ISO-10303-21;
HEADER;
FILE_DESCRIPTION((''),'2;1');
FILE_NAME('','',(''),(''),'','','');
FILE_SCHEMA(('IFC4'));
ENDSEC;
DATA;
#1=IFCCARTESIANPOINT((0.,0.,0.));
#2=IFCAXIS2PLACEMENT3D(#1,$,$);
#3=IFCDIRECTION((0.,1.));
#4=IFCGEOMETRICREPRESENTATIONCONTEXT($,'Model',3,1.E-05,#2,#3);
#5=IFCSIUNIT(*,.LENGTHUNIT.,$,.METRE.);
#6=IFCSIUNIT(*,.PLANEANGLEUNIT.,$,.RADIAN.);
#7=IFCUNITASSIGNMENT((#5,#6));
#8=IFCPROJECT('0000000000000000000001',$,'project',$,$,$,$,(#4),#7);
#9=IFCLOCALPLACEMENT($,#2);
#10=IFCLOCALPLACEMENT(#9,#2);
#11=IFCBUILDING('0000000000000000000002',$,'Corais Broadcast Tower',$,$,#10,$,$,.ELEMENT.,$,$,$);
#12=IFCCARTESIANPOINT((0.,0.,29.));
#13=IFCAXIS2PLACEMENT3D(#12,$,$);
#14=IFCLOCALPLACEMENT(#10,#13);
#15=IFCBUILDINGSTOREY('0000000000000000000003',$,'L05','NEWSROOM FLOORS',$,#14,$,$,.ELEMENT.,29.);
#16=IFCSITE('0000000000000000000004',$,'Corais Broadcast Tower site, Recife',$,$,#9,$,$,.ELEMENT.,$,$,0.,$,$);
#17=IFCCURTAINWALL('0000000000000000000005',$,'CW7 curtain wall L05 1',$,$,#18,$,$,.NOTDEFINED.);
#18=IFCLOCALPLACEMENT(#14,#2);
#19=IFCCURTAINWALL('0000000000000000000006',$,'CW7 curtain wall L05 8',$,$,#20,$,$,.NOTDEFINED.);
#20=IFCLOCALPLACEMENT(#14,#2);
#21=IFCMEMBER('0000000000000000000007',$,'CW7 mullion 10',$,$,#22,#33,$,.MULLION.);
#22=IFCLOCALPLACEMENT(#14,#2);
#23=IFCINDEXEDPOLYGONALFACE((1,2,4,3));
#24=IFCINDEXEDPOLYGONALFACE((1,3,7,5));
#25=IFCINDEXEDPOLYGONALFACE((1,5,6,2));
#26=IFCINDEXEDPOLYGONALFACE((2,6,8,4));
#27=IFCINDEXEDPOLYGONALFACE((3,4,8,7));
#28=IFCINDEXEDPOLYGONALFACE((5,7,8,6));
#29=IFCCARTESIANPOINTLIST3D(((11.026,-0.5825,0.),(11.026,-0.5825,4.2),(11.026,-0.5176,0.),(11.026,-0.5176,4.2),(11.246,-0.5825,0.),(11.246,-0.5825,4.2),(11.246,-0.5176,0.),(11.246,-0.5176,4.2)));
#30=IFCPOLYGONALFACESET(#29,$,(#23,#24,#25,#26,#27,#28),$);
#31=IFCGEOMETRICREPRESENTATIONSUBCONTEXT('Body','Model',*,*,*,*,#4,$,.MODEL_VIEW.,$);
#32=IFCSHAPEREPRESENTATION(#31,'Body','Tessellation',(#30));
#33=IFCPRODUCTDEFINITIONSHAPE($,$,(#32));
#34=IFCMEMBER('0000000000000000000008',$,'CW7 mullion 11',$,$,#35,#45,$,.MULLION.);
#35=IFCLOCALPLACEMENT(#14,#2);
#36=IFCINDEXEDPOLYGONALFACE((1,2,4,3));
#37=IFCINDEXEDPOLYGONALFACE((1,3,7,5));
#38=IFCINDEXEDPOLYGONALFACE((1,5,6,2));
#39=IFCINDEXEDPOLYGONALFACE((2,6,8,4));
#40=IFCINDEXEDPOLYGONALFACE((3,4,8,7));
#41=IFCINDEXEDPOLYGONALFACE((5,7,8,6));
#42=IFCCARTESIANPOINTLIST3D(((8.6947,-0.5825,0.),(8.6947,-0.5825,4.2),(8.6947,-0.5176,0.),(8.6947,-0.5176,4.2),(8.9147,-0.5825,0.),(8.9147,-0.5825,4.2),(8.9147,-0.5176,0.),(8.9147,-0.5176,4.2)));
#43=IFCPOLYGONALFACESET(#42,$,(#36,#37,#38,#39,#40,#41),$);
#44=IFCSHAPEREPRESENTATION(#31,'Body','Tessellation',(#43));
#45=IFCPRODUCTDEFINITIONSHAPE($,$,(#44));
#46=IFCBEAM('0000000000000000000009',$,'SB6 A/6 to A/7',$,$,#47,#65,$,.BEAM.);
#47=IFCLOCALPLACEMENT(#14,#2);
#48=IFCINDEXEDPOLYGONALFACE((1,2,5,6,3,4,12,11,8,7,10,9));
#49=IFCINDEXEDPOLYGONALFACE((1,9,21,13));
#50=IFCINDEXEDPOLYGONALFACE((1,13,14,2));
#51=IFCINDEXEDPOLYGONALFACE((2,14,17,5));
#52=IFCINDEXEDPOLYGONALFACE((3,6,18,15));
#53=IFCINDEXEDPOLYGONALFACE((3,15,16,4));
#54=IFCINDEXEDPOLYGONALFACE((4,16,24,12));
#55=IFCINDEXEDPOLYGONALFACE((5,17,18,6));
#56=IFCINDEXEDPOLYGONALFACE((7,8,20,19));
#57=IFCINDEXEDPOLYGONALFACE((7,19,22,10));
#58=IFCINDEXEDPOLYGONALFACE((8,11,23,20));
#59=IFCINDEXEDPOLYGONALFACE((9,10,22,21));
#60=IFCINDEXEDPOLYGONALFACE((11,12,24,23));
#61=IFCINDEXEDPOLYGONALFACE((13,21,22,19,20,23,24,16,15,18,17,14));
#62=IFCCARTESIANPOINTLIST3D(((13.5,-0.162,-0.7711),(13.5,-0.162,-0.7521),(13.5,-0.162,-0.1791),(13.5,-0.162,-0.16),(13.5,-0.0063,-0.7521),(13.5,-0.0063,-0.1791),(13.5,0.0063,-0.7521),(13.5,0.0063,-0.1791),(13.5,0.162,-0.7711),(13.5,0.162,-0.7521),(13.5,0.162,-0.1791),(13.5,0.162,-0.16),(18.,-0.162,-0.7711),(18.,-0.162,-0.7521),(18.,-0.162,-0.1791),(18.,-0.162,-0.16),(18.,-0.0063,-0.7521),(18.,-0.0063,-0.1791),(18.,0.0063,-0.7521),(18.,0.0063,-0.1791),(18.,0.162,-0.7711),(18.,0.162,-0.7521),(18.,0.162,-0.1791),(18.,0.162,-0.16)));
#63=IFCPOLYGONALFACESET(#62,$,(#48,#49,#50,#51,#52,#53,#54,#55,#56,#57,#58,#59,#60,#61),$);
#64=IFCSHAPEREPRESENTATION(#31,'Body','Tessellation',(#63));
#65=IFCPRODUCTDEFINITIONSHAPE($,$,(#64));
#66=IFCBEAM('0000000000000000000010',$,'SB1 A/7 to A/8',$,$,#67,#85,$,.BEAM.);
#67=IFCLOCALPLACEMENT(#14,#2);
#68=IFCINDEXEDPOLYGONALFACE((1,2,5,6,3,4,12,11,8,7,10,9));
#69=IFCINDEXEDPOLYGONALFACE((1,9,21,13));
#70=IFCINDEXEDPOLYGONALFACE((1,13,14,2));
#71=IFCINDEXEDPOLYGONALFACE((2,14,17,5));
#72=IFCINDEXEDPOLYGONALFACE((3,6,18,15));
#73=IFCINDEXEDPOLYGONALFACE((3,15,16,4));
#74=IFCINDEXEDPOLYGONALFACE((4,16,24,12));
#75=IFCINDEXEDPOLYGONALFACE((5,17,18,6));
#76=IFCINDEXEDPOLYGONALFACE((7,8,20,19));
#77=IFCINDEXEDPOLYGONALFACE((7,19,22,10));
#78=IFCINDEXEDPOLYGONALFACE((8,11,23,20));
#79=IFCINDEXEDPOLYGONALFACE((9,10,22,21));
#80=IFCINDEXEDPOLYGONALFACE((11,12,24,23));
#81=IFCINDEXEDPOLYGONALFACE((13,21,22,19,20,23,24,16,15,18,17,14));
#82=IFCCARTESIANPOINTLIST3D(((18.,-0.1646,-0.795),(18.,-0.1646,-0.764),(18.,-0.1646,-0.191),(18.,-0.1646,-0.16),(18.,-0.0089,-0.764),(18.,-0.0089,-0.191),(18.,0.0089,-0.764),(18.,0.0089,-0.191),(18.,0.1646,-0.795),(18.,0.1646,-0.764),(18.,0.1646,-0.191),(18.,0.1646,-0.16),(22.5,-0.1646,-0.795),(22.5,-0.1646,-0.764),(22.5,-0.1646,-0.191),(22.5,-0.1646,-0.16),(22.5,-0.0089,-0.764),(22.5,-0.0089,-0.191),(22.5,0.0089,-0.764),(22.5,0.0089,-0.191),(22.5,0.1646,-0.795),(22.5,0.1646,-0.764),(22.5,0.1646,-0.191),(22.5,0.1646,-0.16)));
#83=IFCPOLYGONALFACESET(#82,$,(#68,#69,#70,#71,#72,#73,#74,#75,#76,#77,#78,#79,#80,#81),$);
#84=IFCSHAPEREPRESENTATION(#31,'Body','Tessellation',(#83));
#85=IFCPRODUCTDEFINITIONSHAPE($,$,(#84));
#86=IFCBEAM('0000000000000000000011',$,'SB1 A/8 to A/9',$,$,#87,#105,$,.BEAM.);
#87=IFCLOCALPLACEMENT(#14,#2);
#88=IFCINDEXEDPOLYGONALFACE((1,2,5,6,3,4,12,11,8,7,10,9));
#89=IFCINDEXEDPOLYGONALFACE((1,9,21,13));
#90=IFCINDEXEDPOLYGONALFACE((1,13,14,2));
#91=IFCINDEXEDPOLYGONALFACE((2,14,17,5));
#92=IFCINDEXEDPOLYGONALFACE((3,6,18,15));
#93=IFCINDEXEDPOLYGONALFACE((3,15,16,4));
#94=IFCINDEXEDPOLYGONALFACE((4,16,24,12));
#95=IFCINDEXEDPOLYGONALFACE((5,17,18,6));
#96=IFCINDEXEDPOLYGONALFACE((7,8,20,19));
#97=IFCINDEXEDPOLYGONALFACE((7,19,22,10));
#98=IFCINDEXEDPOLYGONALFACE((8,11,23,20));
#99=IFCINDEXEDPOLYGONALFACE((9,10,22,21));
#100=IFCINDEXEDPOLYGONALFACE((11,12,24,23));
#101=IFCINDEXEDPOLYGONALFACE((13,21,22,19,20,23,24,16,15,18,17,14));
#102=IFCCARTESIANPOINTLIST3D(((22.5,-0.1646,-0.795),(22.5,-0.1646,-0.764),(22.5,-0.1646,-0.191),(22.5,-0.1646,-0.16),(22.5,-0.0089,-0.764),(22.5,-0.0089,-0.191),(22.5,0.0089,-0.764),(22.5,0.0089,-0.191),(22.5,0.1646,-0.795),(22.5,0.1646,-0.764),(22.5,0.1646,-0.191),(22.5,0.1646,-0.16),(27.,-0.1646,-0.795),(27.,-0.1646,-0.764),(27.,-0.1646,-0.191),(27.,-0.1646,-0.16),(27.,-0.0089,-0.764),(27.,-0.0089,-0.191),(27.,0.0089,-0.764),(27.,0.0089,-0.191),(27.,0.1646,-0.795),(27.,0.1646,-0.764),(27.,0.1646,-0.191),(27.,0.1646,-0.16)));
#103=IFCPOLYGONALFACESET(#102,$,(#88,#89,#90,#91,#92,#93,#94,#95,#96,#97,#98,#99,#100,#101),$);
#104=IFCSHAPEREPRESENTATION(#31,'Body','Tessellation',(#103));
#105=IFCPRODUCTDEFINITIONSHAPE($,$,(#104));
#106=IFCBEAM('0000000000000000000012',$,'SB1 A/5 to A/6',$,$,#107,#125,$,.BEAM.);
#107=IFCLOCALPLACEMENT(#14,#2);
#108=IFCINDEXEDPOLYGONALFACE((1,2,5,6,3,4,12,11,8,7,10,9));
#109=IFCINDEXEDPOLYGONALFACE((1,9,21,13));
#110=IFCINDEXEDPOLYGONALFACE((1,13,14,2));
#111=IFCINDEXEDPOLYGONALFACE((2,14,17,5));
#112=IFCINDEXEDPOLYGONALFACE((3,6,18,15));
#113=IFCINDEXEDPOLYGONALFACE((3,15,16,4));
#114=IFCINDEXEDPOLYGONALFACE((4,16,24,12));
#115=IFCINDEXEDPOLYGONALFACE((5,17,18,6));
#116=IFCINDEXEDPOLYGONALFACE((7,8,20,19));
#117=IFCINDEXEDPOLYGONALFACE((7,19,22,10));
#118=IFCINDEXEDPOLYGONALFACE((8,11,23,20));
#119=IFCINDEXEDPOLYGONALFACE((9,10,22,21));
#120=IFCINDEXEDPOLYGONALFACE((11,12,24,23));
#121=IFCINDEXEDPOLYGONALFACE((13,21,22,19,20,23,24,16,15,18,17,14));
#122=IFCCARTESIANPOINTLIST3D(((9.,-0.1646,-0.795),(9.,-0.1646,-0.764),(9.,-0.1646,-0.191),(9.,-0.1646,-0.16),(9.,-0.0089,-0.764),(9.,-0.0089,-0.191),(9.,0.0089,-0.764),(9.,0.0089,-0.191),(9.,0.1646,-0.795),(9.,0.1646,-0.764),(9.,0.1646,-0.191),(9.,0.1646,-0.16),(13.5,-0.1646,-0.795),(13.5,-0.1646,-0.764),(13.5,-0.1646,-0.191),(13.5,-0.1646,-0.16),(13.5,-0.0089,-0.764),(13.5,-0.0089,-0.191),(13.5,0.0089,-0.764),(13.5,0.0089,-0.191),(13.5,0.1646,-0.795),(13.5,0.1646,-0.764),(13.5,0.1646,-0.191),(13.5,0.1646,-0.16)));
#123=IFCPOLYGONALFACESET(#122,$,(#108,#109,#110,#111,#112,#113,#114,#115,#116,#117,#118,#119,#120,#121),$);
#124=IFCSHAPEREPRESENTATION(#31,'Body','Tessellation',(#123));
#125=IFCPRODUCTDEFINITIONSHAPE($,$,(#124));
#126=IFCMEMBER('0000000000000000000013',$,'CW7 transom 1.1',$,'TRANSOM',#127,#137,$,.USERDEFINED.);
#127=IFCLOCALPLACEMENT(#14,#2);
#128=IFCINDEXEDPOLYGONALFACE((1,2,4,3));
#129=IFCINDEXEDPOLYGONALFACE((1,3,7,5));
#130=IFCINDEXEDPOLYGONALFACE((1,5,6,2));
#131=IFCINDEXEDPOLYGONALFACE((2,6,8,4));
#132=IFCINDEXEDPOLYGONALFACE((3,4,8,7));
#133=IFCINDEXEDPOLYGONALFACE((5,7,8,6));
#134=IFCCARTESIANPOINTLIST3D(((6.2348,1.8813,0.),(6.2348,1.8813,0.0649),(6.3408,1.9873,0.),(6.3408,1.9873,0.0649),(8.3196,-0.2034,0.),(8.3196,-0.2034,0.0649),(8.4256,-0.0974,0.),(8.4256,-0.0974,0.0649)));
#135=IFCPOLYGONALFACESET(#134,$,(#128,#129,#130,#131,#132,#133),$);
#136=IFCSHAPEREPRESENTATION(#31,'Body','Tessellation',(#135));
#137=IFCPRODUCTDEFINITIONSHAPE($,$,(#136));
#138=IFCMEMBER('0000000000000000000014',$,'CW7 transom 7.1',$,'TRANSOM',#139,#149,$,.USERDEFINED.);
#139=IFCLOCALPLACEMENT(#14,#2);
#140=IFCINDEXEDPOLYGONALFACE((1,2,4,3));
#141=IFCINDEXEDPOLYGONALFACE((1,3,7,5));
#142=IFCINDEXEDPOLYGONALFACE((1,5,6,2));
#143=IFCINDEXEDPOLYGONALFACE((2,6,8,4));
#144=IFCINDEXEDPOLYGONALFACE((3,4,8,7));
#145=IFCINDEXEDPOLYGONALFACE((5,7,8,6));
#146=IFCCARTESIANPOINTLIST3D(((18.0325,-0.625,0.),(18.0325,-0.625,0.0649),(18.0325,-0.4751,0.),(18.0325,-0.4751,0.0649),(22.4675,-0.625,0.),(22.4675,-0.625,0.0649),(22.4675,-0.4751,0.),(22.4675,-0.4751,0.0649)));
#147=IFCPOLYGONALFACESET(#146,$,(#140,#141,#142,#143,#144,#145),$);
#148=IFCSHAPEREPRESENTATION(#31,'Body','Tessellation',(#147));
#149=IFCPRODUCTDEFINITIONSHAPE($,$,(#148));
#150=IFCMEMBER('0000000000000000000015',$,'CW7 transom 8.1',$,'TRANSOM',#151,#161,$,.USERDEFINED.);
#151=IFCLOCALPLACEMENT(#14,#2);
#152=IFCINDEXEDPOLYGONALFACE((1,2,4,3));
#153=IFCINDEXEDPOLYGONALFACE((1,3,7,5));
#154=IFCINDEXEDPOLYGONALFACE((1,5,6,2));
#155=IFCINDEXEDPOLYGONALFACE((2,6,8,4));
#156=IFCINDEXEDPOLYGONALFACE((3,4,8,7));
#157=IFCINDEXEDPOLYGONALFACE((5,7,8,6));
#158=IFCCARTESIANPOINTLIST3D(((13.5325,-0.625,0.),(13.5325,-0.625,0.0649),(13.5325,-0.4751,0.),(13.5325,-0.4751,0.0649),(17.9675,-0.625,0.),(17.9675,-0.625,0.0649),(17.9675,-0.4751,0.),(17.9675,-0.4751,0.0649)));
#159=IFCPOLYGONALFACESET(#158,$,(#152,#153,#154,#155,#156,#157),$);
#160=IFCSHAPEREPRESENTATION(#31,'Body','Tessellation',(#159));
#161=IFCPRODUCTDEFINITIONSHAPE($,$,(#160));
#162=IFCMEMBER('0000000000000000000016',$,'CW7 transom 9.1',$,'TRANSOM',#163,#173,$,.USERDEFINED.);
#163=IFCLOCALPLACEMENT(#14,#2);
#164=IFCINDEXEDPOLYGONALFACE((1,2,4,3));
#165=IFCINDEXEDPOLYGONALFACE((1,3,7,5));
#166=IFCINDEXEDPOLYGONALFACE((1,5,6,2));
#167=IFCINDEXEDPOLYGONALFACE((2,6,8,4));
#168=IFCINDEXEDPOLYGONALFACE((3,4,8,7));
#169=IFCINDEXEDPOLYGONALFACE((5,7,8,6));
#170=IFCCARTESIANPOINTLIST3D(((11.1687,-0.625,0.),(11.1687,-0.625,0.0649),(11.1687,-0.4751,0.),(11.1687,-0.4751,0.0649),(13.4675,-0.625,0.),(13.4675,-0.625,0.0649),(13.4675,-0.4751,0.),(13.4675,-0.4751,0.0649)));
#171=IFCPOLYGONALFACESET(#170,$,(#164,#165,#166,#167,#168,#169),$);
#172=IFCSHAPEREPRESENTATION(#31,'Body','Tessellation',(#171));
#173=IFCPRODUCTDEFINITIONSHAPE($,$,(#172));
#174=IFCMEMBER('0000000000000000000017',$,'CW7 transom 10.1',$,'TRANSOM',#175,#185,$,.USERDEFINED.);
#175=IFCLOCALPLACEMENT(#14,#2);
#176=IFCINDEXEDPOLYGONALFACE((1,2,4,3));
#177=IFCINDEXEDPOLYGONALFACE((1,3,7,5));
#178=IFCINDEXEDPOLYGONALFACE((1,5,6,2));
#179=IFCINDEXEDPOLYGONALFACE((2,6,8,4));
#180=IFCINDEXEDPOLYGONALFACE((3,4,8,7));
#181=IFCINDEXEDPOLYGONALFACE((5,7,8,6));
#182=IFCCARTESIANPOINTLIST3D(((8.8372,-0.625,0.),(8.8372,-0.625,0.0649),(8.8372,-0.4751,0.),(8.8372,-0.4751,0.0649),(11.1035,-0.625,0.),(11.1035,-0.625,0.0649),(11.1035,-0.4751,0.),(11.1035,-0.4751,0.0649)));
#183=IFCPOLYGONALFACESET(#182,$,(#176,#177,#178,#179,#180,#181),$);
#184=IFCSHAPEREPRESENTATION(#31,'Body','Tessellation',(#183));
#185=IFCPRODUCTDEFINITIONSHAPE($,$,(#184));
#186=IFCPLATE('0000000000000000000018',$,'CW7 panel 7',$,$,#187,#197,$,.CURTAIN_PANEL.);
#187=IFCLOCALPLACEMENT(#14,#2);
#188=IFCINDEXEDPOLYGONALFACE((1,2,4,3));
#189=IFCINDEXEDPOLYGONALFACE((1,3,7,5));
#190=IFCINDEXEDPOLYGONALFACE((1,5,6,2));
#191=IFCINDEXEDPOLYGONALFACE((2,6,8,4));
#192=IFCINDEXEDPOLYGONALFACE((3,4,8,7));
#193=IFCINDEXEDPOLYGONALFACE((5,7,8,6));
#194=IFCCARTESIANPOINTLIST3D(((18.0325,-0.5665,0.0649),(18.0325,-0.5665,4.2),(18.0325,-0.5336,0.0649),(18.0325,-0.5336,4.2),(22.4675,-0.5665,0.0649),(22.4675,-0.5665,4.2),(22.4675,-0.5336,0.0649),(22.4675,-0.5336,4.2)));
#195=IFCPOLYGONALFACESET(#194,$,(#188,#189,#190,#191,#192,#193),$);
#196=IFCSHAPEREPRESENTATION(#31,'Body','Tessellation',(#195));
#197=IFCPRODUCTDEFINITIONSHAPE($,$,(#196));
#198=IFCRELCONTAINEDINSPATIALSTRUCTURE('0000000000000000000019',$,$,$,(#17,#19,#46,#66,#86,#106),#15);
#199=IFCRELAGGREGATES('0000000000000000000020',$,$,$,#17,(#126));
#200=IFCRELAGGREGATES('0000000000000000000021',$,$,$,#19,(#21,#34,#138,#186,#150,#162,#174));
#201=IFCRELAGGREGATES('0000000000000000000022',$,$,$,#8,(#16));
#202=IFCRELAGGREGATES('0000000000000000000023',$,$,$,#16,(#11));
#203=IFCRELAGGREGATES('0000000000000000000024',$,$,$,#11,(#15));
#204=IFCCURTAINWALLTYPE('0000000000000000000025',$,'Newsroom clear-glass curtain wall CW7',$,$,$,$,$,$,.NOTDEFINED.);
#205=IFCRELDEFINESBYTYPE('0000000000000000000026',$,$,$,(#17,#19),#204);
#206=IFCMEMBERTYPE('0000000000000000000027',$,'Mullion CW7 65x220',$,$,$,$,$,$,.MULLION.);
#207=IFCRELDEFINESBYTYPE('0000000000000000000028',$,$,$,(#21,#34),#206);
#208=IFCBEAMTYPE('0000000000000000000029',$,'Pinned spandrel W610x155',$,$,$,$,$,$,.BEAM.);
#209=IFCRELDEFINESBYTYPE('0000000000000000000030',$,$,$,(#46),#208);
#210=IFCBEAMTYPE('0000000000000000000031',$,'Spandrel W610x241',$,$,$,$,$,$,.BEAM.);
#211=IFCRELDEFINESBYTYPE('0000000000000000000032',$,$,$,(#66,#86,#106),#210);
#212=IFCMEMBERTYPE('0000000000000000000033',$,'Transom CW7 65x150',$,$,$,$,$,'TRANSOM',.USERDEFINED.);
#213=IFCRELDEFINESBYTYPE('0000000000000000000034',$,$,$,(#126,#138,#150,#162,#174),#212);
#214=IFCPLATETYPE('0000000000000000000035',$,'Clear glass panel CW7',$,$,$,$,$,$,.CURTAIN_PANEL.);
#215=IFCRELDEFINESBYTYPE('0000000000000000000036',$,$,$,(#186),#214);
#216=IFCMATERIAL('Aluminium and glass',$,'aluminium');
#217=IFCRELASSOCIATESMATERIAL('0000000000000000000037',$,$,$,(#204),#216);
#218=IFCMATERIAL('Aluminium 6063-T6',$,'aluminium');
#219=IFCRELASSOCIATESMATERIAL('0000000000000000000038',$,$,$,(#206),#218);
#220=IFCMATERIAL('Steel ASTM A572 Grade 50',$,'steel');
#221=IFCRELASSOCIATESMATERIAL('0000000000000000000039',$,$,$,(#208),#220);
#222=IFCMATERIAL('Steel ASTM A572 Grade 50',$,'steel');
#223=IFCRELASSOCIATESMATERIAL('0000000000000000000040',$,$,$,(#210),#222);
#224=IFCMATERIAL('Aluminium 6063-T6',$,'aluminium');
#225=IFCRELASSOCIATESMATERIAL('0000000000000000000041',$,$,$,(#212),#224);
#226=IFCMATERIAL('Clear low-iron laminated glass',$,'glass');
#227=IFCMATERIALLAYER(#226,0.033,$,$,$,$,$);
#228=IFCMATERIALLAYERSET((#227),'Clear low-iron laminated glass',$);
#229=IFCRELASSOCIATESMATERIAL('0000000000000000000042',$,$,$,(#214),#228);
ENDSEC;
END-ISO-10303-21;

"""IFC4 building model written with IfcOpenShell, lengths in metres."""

from ifc_helpers import new_model, si_unit, direction, frame, origin, origin_2d, place, context, subcontext, project, spatial, rectangle, i_section, extrude, material, layer, layer_set, material_profile, profile_set, type_object, element, aggregate, save


model = new_model("IFC4")

# Units and contexts
model_context = context("Model", 3, precision=1e-05, world=origin(), true_north=direction((0.0, 1.0)))
body_context = subcontext(model_context, "Body", "Model", "MODEL_VIEW")
ifc_project = project(units=[si_unit("LENGTHUNIT", "METRE"), si_unit("PLANEANGLEUNIT", "RADIAN")], contexts=[model_context])

# Site, building, storey
site_placement = place(None, origin())
site = spatial("IfcSite", under=ifc_project, at=site_placement, Name="Corais Broadcast Tower site, Recife", CompositionType="ELEMENT", RefElevation=0.0)
building_placement = place(site_placement, origin())
building = spatial("IfcBuilding", under=site, at=building_placement, Name="Corais Broadcast Tower", CompositionType="ELEMENT")
storey_placement = place(building_placement, frame((0.0, 0.0, 29.0)))
storey = spatial("IfcBuildingStorey", under=building, at=storey_placement, Name="L05", Description="NEWSROOM FLOORS", CompositionType="ELEMENT", Elevation=29.0)

# Curtain wall
ifc_material_1 = material(Name="Aluminium and glass", Category="aluminium")
curtain_wall_type = type_object("IfcCurtainWallType", Name="Newsroom clear-glass curtain wall CW7", PredefinedType="NOTDEFINED", material=ifc_material_1)
curtain_wall_1_placement = place(storey_placement, origin())
curtain_wall_1 = element("IfcCurtainWall", 1, at=curtain_wall_1_placement, inside=storey, type_object=curtain_wall_type, Name="CW7 curtain wall L05 1", PredefinedType="NOTDEFINED")
ifc_material_2 = material(Name="Aluminium 6063-T6", Category="aluminium")
ifc_material_profile_1 = material_profile(ifc_material_2, rectangle(XDim=0.0649, YDim=0.22, at=origin_2d()), Name="Mullion CW7 65x220")
ifc_profile_set_1 = profile_set([ifc_material_profile_1], Name="Aluminium 6063-T6")
member_type_1 = type_object("IfcMemberType", Name="Mullion CW7 65x220", PredefinedType="MULLION", material=ifc_profile_set_1)

# Curtain wall, members
curtain_wall_2_placement = place(storey_placement, origin())
curtain_wall_2 = element("IfcCurtainWall", 2, at=curtain_wall_2_placement, inside=storey, type_object=curtain_wall_type, Name="CW7 curtain wall L05 8", PredefinedType="NOTDEFINED")
member_1_placement = place(storey_placement, frame((11.136, -0.55, 0.0), z_axis=(0.0, 0.0, 1.0), x_axis=(0.0, -1.0, 0.0)))
member_1 = element("IfcMember", 3, at=member_1_placement, type_object=member_type_1, Name="CW7 mullion 10", PredefinedType="MULLION", context=body_context, shape_type="SweptSolid", body=[
    extrude(rectangle(XDim=0.0649, YDim=0.22, at=origin_2d()), origin(), (0.0, 0.0, 1.0), 4.2),
])
member_2_placement = place(storey_placement, frame((8.8047, -0.55, 0.0), z_axis=(0.0, 0.0, 1.0), x_axis=(0.0, -1.0, 0.0)))
member_2 = element("IfcMember", 4, at=member_2_placement, type_object=member_type_1, Name="CW7 mullion 11", PredefinedType="MULLION", context=body_context, shape_type="SweptSolid", body=[
    extrude(rectangle(XDim=0.0649, YDim=0.22, at=origin_2d()), origin(), (0.0, 0.0, 1.0), 4.2),
])

# Beams
ifc_material_3 = material(Name="Steel ASTM A572 Grade 50", Category="steel")
ifc_material_profile_2 = material_profile(ifc_material_3, i_section(OverallWidth=0.324, OverallDepth=0.6111, WebThickness=0.0127, FlangeThickness=0.019, at=origin_2d()), Name="W610x155")
ifc_profile_set_2 = profile_set([ifc_material_profile_2], Name="Steel ASTM A572 Grade 50")
beam_type_1 = type_object("IfcBeamType", Name="Pinned spandrel W610x155", PredefinedType="BEAM", material=ifc_profile_set_2)
beam_1_placement = place(storey_placement, frame((13.5, 0.0, -0.4656), z_axis=(1.0, 0.0, 0.0), x_axis=(0.0, 1.0, 0.0)))
element("IfcBeam", 5, at=beam_1_placement, inside=storey, type_object=beam_type_1, Name="SB6 A/6 to A/7", PredefinedType="BEAM", context=body_context, shape_type="SweptSolid", body=[
    extrude(i_section(OverallWidth=0.324, OverallDepth=0.6111, WebThickness=0.0127, FlangeThickness=0.019, at=origin_2d()), origin(), (0.0, 0.0, 1.0), 4.5),
])
ifc_material_4 = material(Name="Steel ASTM A572 Grade 50", Category="steel")
ifc_material_profile_3 = material_profile(ifc_material_4, i_section(OverallWidth=0.3291, OverallDepth=0.635, WebThickness=0.0178, FlangeThickness=0.031, at=origin_2d()), Name="W610x241")
ifc_profile_set_3 = profile_set([ifc_material_profile_3], Name="Steel ASTM A572 Grade 50")
beam_type_2 = type_object("IfcBeamType", Name="Spandrel W610x241", PredefinedType="BEAM", material=ifc_profile_set_3)
for number, where, z_axis, x_axis, name in (
    (6, (18.0, 0.0, -0.4775), (1.0, 0.0, 0.0), (0.0, 1.0, 0.0), "SB1 A/7 to A/8"),
    (7, (22.5, 0.0, -0.4775), (1.0, 0.0, 0.0), (0.0, 1.0, 0.0), "SB1 A/8 to A/9"),
    (8, (9.0, 0.0, -0.4775), (1.0, 0.0, 0.0), (0.0, 1.0, 0.0), "SB1 A/5 to A/6"),
):
    element("IfcBeam", number, at=place(storey_placement, frame(where, z_axis=z_axis, x_axis=x_axis)), inside=storey, type_object=beam_type_2, Name=name, PredefinedType="BEAM", context=body_context, shape_type="SweptSolid", body=[
        extrude(i_section(OverallWidth=0.3291, OverallDepth=0.635, WebThickness=0.0178, FlangeThickness=0.031, at=origin_2d()), origin(), (0.0, 0.0, 1.0), 4.5),
    ])

# Members
ifc_material_5 = material(Name="Aluminium 6063-T6", Category="aluminium")
ifc_material_profile_4 = material_profile(ifc_material_5, rectangle(XDim=0.1499, YDim=0.0649, at=origin_2d()), Name="Transom CW7 65x150")
ifc_profile_set_4 = profile_set([ifc_material_profile_4], Name="Aluminium 6063-T6")
member_type_2 = type_object("IfcMemberType", Name="Transom CW7 65x150", ElementType="TRANSOM", PredefinedType="USERDEFINED", material=ifc_profile_set_4)
member_3_placement = place(storey_placement, frame((8.3726, -0.1504, 0.0325), z_axis=(-0.707107, 0.707107, 0.0), x_axis=(-0.707107, -0.707107, 0.0)))
member_3 = element("IfcMember", 9, at=member_3_placement, type_object=member_type_2, Name="CW7 transom 1.1", ObjectType="TRANSOM", PredefinedType="USERDEFINED", context=body_context, shape_type="SweptSolid", body=[
    extrude(rectangle(XDim=0.1499, YDim=0.0649, at=origin_2d()), origin(), (0.0, 0.0, 1.0), 2.9482),
])
aggregate(curtain_wall_1, [member_3])
member_4_placement = place(storey_placement, frame((22.4675, -0.55, 0.0325), z_axis=(-1.0, 0.0, 0.0), x_axis=(0.0, -1.0, 0.0)))
member_4 = element("IfcMember", 10, at=member_4_placement, type_object=member_type_2, Name="CW7 transom 7.1", ObjectType="TRANSOM", PredefinedType="USERDEFINED", context=body_context, shape_type="SweptSolid", body=[
    extrude(rectangle(XDim=0.1499, YDim=0.0649, at=origin_2d()), origin(), (0.0, 0.0, 1.0), 4.4351),
])
member_5_placement = place(storey_placement, frame((17.9675, -0.55, 0.0325), z_axis=(-1.0, 0.0, 0.0), x_axis=(0.0, -1.0, 0.0)))
member_5 = element("IfcMember", 11, at=member_5_placement, type_object=member_type_2, Name="CW7 transom 8.1", ObjectType="TRANSOM", PredefinedType="USERDEFINED", context=body_context, shape_type="SweptSolid", body=[
    extrude(rectangle(XDim=0.1499, YDim=0.0649, at=origin_2d()), origin(), (0.0, 0.0, 1.0), 4.4351),
])
member_6_placement = place(storey_placement, frame((13.4675, -0.55, 0.0325), z_axis=(-1.0, 0.0, 0.0), x_axis=(0.0, -1.0, 0.0)))
member_6 = element("IfcMember", 12, at=member_6_placement, type_object=member_type_2, Name="CW7 transom 9.1", ObjectType="TRANSOM", PredefinedType="USERDEFINED", context=body_context, shape_type="SweptSolid", body=[
    extrude(rectangle(XDim=0.1499, YDim=0.0649, at=origin_2d()), origin(), (0.0, 0.0, 1.0), 2.2988),
])
member_7_placement = place(storey_placement, frame((11.1035, -0.55, 0.0325), z_axis=(-1.0, 0.0, 0.0), x_axis=(0.0, -1.0, 0.0)))
member_7 = element("IfcMember", 13, at=member_7_placement, type_object=member_type_2, Name="CW7 transom 10.1", ObjectType="TRANSOM", PredefinedType="USERDEFINED", context=body_context, shape_type="SweptSolid", body=[
    extrude(rectangle(XDim=0.1499, YDim=0.0649, at=origin_2d()), origin(), (0.0, 0.0, 1.0), 2.2664),
])

# Plate
ifc_material_6 = material(Name="Clear low-iron laminated glass", Category="glass")
ifc_layer_1 = layer(ifc_material_6, 0.033)
ifc_layer_set_1 = layer_set([ifc_layer_1], Name="Clear low-iron laminated glass")
plate_type_1 = type_object("IfcPlateType", Name="Clear glass panel CW7", PredefinedType="CURTAIN_PANEL", material=ifc_layer_set_1)
plate_1_placement = place(storey_placement, frame((20.25, -0.55, 0.0649), z_axis=(0.0, 0.0, 1.0), x_axis=(-1.0, 0.0, 0.0)))
plate_1 = element("IfcPlate", 14, at=plate_1_placement, type_object=plate_type_1, Name="CW7 panel 7", PredefinedType="CURTAIN_PANEL", context=body_context, shape_type="SweptSolid", body=[
    extrude(rectangle(XDim=4.4351, YDim=0.033, at=origin_2d()), origin(), (0.0, 0.0, 1.0), 4.135),
])
aggregate(curtain_wall_2, [member_1, member_2, member_4, plate_1, member_5, member_6, member_7])

save(model, "model.ifc")
